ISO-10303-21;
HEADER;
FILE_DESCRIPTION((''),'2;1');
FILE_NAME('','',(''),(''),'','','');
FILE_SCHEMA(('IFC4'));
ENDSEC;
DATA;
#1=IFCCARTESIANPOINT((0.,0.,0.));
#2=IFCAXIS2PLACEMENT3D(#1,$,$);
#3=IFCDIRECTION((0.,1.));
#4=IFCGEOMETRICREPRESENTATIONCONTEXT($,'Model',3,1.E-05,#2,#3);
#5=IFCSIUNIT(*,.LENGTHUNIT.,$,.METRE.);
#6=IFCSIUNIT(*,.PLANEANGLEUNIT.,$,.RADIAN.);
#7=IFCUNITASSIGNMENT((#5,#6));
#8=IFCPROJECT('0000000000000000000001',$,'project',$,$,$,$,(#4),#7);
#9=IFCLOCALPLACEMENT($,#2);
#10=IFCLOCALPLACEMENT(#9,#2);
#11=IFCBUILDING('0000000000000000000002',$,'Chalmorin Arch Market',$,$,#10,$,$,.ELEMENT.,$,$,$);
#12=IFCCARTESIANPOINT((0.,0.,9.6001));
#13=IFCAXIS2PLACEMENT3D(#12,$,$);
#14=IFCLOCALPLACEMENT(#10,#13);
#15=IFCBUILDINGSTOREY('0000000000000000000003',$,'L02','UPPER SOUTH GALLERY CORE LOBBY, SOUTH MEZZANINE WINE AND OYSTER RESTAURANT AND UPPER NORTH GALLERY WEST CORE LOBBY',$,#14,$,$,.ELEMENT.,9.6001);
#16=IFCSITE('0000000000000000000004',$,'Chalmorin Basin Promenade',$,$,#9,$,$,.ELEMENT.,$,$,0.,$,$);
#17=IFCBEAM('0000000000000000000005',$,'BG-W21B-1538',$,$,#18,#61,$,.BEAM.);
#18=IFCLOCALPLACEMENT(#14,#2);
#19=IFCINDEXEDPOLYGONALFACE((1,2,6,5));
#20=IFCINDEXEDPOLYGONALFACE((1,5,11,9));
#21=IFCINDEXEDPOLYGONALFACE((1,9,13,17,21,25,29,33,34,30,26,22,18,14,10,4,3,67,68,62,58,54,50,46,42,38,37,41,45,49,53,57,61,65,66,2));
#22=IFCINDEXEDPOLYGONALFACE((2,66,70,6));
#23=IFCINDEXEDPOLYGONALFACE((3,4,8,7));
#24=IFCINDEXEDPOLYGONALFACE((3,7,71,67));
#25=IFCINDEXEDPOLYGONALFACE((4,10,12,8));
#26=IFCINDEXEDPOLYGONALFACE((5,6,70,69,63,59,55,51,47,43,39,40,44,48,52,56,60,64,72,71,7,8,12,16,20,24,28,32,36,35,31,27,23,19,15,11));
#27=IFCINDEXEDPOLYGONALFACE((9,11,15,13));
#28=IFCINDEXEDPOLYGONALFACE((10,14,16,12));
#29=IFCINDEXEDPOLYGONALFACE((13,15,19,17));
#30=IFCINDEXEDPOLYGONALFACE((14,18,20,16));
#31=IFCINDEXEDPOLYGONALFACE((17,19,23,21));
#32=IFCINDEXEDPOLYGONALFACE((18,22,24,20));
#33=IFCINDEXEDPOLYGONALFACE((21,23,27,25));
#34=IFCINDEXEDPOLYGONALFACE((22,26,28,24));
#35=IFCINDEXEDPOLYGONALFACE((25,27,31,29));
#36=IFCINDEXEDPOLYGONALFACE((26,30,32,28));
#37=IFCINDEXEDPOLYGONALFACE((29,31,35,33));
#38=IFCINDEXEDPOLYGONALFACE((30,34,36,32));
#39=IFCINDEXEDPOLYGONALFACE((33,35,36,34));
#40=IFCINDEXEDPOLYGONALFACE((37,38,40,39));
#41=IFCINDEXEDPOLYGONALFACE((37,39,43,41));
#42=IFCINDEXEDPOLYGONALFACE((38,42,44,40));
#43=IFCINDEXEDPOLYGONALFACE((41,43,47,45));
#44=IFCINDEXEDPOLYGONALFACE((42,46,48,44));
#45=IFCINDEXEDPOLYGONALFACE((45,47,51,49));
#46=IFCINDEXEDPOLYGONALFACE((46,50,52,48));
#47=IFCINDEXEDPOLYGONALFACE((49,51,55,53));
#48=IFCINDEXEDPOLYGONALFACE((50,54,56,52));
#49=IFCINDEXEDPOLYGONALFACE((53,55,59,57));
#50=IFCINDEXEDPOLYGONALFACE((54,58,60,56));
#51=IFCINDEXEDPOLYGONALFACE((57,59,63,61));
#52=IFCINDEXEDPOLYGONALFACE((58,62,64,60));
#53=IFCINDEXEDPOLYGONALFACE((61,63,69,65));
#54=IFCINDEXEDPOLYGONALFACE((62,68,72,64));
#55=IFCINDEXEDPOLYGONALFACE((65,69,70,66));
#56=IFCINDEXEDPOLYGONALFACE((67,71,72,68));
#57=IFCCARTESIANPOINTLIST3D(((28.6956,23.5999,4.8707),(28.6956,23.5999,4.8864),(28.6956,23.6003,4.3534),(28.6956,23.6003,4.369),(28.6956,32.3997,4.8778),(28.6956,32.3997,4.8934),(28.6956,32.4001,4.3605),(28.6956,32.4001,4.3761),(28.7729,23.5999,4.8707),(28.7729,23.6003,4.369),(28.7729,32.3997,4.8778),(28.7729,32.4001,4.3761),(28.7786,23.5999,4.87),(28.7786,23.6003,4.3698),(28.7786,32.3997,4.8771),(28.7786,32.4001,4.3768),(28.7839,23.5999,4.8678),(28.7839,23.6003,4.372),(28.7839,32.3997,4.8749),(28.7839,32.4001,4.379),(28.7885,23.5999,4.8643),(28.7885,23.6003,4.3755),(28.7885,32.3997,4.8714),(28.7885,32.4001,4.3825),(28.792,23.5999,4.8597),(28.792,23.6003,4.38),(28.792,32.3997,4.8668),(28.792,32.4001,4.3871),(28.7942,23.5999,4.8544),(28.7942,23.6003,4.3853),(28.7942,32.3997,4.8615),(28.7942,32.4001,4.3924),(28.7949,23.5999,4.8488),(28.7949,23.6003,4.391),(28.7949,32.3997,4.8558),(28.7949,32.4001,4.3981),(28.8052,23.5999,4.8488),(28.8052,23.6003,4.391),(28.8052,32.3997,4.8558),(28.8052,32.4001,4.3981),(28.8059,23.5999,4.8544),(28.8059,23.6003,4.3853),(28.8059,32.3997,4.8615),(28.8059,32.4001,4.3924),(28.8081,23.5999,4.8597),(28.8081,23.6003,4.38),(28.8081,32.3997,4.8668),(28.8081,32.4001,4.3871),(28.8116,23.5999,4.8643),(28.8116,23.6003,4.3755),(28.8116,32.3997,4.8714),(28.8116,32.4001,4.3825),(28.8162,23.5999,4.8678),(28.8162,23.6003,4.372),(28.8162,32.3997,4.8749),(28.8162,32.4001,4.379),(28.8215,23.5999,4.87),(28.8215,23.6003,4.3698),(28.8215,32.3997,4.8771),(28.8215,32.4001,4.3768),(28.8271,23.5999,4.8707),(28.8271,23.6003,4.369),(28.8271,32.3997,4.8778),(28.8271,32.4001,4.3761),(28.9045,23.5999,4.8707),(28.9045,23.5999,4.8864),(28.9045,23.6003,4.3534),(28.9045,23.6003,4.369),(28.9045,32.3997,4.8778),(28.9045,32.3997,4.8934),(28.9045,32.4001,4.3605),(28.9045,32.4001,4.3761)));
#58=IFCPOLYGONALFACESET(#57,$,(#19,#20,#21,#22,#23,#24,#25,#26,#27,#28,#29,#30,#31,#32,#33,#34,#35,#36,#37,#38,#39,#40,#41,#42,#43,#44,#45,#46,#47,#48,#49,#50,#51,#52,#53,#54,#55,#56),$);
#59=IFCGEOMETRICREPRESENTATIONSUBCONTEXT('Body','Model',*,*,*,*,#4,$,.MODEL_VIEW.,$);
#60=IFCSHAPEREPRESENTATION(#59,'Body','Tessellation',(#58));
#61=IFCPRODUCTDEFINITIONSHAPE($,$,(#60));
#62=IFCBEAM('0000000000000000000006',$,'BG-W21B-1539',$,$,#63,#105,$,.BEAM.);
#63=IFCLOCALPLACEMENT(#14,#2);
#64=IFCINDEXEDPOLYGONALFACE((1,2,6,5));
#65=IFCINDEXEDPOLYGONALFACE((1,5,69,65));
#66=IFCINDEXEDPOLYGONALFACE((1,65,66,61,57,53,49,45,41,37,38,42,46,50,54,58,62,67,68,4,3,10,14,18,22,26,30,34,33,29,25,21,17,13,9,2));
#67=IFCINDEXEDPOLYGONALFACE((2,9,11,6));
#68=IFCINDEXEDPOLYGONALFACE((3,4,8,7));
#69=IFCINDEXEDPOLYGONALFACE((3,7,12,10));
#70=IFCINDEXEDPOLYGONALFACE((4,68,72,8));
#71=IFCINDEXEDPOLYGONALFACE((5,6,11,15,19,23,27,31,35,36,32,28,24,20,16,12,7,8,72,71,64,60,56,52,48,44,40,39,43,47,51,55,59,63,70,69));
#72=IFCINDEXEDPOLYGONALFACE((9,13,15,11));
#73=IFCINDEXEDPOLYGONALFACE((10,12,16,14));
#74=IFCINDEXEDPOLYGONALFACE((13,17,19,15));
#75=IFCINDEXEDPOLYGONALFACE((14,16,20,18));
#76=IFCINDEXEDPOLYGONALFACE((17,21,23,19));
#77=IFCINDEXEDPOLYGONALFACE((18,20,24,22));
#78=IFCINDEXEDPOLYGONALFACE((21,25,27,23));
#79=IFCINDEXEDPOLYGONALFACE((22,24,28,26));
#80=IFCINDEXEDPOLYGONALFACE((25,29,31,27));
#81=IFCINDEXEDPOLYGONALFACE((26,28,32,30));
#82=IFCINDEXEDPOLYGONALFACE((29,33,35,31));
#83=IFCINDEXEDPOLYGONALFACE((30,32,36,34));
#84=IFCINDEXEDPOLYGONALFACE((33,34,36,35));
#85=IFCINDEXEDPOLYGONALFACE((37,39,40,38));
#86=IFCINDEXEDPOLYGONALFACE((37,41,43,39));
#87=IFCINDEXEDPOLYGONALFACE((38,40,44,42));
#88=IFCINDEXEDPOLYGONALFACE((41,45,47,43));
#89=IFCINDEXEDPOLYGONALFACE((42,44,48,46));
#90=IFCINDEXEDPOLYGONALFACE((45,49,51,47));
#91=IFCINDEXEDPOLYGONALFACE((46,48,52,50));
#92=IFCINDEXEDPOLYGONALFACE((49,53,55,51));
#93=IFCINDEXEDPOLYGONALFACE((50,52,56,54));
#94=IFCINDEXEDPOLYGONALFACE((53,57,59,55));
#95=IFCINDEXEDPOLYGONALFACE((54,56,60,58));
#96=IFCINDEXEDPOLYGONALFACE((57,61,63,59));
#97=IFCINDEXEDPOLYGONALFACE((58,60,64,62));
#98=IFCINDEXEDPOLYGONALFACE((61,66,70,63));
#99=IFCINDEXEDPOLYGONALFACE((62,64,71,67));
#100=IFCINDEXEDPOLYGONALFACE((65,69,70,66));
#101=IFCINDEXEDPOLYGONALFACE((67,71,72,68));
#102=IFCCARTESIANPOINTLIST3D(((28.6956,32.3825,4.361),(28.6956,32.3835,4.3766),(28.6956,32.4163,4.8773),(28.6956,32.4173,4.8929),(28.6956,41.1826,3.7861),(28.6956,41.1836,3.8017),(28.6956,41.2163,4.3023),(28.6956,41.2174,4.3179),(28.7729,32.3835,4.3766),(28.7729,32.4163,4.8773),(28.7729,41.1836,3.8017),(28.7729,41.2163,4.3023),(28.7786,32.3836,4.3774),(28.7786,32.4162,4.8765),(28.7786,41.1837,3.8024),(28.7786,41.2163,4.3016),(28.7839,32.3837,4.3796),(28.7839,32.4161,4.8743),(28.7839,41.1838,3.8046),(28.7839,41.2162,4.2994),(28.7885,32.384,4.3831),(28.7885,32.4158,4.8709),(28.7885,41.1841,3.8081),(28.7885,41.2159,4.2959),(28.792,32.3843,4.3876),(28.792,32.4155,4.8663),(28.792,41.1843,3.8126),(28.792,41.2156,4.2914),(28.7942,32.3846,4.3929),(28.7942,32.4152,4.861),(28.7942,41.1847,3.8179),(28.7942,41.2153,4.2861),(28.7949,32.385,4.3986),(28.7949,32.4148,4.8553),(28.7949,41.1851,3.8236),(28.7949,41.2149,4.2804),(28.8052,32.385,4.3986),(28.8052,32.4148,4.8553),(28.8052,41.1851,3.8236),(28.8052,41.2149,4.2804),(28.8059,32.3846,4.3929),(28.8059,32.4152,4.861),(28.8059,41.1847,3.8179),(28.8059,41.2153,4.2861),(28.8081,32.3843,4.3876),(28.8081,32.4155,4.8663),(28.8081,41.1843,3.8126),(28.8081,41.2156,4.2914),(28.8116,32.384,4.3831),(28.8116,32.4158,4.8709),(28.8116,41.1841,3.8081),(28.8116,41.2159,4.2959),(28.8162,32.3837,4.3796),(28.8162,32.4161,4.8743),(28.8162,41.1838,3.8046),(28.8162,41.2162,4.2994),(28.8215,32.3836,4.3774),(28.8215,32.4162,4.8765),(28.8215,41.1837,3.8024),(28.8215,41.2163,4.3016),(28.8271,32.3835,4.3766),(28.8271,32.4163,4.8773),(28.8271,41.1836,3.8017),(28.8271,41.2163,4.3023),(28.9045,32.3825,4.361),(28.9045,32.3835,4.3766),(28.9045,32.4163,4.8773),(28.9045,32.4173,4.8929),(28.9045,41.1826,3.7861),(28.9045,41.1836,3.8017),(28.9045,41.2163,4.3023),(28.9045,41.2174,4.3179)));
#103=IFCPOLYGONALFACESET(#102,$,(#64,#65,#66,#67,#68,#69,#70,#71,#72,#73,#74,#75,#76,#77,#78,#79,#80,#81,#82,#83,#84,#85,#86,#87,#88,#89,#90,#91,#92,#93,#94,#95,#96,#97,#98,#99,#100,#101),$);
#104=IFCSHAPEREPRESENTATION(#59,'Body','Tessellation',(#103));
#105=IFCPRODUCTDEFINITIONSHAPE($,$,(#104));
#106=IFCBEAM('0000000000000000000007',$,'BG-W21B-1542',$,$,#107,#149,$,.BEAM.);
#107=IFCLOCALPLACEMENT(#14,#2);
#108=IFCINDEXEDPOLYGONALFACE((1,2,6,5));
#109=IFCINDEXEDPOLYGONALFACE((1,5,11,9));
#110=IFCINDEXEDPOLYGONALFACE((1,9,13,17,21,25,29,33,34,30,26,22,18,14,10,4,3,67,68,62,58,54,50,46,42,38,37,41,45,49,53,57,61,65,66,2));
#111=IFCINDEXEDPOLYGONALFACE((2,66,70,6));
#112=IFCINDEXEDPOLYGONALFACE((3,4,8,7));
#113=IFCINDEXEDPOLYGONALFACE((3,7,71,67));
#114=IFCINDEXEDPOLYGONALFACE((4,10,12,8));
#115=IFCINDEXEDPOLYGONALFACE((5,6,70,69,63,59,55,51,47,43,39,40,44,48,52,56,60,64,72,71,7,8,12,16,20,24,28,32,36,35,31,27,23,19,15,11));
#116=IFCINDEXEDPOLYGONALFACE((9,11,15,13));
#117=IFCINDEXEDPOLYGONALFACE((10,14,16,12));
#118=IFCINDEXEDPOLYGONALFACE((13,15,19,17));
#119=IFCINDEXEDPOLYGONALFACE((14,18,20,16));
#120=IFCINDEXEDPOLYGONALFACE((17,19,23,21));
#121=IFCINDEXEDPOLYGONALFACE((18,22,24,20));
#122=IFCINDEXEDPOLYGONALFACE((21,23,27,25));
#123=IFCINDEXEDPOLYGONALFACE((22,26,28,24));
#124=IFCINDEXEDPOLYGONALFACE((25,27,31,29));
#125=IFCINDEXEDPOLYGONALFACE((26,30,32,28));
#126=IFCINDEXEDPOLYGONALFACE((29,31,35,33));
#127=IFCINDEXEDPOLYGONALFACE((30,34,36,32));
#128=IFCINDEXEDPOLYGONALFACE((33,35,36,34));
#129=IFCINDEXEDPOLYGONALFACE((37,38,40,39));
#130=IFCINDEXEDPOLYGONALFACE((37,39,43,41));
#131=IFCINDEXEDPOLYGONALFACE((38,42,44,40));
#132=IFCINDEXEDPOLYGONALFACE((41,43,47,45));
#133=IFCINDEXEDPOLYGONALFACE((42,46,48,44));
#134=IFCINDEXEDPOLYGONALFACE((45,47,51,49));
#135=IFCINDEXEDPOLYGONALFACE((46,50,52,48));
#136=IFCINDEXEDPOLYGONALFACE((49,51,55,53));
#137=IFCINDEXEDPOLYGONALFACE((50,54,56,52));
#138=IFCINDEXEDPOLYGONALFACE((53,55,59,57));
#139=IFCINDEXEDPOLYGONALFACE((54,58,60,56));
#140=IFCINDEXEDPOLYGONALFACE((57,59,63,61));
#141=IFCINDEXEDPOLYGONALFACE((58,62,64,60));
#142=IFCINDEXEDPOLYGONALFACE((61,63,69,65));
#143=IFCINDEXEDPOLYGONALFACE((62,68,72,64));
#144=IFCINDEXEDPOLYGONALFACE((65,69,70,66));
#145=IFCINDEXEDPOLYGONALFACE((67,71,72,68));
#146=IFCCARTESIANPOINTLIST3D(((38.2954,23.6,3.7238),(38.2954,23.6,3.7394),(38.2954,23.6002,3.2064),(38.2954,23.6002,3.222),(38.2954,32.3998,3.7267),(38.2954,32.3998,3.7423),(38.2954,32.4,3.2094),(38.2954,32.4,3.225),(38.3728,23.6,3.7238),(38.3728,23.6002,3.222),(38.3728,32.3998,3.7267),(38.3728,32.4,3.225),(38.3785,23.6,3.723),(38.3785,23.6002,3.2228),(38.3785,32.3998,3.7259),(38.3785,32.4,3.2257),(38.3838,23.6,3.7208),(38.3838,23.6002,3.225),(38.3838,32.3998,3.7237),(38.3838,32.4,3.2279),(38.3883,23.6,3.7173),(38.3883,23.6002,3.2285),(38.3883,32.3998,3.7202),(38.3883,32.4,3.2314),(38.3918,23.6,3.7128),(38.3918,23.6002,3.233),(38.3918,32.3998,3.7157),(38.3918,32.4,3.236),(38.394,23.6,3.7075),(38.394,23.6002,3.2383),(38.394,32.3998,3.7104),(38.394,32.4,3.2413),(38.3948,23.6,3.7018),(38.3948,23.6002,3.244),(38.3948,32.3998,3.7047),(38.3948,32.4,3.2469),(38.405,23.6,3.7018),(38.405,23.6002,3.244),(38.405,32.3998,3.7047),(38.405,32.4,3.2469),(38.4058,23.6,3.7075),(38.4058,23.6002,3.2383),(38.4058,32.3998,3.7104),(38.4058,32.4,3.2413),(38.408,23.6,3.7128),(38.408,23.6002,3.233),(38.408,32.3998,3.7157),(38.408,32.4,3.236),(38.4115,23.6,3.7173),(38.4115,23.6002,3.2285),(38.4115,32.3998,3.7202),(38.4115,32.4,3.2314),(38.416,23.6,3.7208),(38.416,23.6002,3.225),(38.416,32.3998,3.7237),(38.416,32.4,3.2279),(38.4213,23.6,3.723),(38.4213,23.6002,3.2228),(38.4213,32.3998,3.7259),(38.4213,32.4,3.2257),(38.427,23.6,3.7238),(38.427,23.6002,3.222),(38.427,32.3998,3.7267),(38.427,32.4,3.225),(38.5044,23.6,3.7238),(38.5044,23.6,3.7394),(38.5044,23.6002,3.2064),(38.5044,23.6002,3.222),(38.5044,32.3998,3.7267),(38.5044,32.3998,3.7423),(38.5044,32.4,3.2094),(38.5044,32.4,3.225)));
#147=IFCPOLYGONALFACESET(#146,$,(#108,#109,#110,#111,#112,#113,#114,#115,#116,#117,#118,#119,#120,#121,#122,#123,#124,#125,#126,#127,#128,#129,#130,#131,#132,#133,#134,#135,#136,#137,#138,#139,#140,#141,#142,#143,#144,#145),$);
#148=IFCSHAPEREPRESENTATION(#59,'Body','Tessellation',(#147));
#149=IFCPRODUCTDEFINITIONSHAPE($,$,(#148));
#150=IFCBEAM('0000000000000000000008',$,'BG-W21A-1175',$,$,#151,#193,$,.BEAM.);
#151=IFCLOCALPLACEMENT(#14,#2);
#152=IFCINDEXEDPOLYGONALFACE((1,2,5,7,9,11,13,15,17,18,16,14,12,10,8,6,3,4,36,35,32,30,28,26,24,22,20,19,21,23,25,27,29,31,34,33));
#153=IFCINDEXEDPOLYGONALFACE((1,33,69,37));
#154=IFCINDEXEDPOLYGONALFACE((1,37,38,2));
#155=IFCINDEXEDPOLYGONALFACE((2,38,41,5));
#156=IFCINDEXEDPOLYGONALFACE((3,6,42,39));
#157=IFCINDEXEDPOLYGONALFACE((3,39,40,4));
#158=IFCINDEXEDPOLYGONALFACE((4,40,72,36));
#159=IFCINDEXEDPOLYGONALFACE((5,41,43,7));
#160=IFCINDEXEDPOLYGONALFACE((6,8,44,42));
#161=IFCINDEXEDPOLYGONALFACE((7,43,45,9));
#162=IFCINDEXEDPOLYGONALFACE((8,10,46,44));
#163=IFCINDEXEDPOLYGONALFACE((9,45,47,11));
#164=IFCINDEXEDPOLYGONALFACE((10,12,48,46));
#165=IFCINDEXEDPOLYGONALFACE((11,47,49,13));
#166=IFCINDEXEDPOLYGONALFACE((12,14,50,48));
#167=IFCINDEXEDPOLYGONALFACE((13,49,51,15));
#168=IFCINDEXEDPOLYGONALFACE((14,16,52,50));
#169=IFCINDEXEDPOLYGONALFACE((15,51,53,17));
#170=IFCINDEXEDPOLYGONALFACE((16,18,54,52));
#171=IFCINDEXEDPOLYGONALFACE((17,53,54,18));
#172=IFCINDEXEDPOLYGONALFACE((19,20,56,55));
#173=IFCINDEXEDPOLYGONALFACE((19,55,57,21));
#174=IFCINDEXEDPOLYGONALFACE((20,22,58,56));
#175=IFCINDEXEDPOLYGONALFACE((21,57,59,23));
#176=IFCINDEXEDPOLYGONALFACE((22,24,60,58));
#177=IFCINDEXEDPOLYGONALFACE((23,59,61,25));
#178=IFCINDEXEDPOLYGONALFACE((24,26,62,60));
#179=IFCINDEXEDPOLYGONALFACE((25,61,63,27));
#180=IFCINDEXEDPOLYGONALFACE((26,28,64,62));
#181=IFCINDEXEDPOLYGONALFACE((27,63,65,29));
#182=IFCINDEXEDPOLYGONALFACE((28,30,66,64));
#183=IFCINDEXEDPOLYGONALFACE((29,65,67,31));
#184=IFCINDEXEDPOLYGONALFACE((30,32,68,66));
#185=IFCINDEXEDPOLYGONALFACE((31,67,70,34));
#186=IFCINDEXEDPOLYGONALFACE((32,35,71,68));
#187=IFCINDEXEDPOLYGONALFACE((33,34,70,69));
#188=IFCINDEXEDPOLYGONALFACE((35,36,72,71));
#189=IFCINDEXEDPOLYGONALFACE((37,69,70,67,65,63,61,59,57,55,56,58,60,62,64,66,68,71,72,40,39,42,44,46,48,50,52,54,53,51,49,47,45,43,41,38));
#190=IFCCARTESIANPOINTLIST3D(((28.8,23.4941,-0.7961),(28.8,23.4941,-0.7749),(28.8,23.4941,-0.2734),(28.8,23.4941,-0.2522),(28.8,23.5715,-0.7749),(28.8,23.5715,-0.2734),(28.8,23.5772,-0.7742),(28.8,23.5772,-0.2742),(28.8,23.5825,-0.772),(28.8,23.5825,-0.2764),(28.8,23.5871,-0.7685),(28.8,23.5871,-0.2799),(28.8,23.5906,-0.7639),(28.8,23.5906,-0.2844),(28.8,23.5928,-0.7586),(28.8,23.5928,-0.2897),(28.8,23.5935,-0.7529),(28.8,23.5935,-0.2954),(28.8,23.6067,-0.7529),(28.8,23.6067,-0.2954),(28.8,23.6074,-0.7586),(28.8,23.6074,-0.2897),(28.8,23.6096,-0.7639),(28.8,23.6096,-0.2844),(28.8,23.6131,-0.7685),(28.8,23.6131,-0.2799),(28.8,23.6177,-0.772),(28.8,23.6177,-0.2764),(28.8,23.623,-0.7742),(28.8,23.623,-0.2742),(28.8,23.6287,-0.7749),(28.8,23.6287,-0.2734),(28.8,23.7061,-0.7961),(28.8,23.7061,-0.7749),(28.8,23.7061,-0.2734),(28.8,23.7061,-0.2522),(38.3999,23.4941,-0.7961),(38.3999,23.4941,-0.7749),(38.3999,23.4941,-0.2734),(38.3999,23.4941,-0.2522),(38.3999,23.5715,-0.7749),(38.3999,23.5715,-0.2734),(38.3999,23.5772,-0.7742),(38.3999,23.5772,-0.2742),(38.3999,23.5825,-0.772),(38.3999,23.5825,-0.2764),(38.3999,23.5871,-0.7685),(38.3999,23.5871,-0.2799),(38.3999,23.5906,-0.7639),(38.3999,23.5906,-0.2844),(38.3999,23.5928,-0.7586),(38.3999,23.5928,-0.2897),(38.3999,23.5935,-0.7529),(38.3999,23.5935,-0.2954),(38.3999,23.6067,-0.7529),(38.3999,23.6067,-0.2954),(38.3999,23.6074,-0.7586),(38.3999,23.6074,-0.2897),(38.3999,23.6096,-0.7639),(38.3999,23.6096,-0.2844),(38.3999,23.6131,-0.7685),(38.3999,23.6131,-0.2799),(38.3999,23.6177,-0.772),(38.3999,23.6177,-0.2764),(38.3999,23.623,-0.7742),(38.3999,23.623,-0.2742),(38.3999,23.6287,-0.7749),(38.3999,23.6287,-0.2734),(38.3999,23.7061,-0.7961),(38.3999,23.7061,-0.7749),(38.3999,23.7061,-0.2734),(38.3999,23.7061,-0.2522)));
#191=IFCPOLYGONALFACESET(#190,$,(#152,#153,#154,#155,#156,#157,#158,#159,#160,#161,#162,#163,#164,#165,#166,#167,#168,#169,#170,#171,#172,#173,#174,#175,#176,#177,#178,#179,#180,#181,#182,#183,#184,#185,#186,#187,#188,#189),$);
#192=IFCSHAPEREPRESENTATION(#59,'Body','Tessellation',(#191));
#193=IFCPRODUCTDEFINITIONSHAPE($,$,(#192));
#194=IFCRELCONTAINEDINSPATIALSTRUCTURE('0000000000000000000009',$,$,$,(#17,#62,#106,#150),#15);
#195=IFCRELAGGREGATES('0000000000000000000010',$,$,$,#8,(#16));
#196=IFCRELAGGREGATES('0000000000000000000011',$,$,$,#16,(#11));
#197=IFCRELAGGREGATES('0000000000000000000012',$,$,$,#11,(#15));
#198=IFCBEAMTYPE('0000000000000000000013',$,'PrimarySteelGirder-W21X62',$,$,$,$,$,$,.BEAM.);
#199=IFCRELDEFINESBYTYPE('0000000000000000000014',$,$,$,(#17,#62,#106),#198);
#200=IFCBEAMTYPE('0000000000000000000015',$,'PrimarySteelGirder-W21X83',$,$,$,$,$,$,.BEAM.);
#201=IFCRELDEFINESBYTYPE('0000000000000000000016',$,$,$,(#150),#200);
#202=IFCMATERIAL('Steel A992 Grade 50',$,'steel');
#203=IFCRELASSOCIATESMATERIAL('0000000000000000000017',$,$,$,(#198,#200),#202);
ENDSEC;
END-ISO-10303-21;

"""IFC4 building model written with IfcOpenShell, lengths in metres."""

from ifc_helpers import new_model, si_unit, direction, frame, origin, origin_2d, place, context, subcontext, project, spatial, i_section, extrude, material, material_profile, profile_set, type_object, element, save


model = new_model("IFC4")

# Units and contexts
model_context = context("Model", 3, precision=1e-05, world=origin(), true_north=direction((0.0, 1.0)))
body_context = subcontext(model_context, "Body", "Model", "MODEL_VIEW")
ifc_project = project(units=[si_unit("LENGTHUNIT", "METRE"), si_unit("PLANEANGLEUNIT", "RADIAN")], contexts=[model_context])

# Site, building, storey
site_placement = place(None, origin())
site = spatial("IfcSite", under=ifc_project, at=site_placement, Name="Chalmorin Basin Promenade", CompositionType="ELEMENT", RefElevation=0.0)
building_placement = place(site_placement, origin())
building = spatial("IfcBuilding", under=site, at=building_placement, Name="Chalmorin Arch Market", CompositionType="ELEMENT")
storey_placement = place(building_placement, frame((0.0, 0.0, 9.6001)))
storey = spatial("IfcBuildingStorey", under=building, at=storey_placement, Name="L02", Description="UPPER SOUTH GALLERY CORE LOBBY, SOUTH MEZZANINE WINE AND OYSTER RESTAURANT AND UPPER NORTH GALLERY WEST CORE LOBBY", CompositionType="ELEMENT", Elevation=9.6001)

# Shared definitions
ifc_material_1 = material(Name="Steel A992 Grade 50", Category="steel")

# Beams
ifc_material_profile_1 = material_profile(ifc_material_1, i_section(OverallWidth=0.209, OverallDepth=0.533, WebThickness=0.0103, FlangeThickness=0.0156, FilletRadius=0.022, at=origin_2d()), Name="W21X62")
ifc_profile_set_1 = profile_set([ifc_material_profile_1], Name="Steel A992 Grade 50")
beam_type_1 = type_object("IfcBeamType", Name="PrimarySteelGirder-W21X62", PredefinedType="BEAM", material=ifc_profile_set_1)
beam_1_placement = place(storey_placement, frame((28.8, 23.6001, 4.6199), z_axis=(0.0, 1.0, 0.000805), x_axis=(-1.0, 0.0, 0.0)))
element("IfcBeam", 1, at=beam_1_placement, inside=storey, type_object=beam_type_1, Name="BG-W21B-1538", PredefinedType="BEAM", context=body_context, shape_type="SweptSolid", body=[
    extrude(i_section(OverallWidth=0.209, OverallDepth=0.533, WebThickness=0.0103, FlangeThickness=0.0156, FilletRadius=0.022, at=origin_2d()), origin(), (0.0, 0.0, 1.0), 8.7998),
])
beam_2_placement = place(storey_placement, frame((28.8, 32.3999, 4.627), z_axis=(0.0, 0.997872, -0.065196), x_axis=(-1.0, 0.0, 0.0)))
element("IfcBeam", 2, at=beam_2_placement, inside=storey, type_object=beam_type_1, Name="BG-W21B-1539", PredefinedType="BEAM", context=body_context, shape_type="SweptSolid", body=[
    extrude(i_section(OverallWidth=0.209, OverallDepth=0.533, WebThickness=0.0103, FlangeThickness=0.0156, FilletRadius=0.022, at=origin_2d()), origin(), (0.0, 0.0, 1.0), 8.8188),
])
beam_3_placement = place(storey_placement, frame((38.3999, 23.6001, 3.4729), z_axis=(0.0, 1.0, 0.000333), x_axis=(-1.0, 0.0, 0.0)))
element("IfcBeam", 3, at=beam_3_placement, inside=storey, type_object=beam_type_1, Name="BG-W21B-1542", PredefinedType="BEAM", context=body_context, shape_type="SweptSolid", body=[
    extrude(i_section(OverallWidth=0.209, OverallDepth=0.533, WebThickness=0.0103, FlangeThickness=0.0156, FilletRadius=0.022, at=origin_2d()), origin(), (0.0, 0.0, 1.0), 8.7998),
])
ifc_material_profile_2 = material_profile(ifc_material_1, i_section(OverallWidth=0.2119, OverallDepth=0.5439, WebThickness=0.0132, FlangeThickness=0.0212, FilletRadius=0.022, at=origin_2d()), Name="W21X83")
ifc_profile_set_2 = profile_set([ifc_material_profile_2], Name="Steel A992 Grade 50")
beam_type_2 = type_object("IfcBeamType", Name="PrimarySteelGirder-W21X83", PredefinedType="BEAM", material=ifc_profile_set_2)
for number, where, z_axis, x_axis, name in (
    (4, (28.8, 23.6001, -0.5242), (1.0, 0.0, 0.0), (0.0, 1.0, 0.0), "BG-W21A-1175"),
):
    element("IfcBeam", number, at=place(storey_placement, frame(where, z_axis=z_axis, x_axis=x_axis)), inside=storey, type_object=beam_type_2, Name=name, PredefinedType="BEAM", context=body_context, shape_type="SweptSolid", body=[
        extrude(i_section(OverallWidth=0.2119, OverallDepth=0.5439, WebThickness=0.0132, FlangeThickness=0.0212, FilletRadius=0.022, at=origin_2d()), origin(), (0.0, 0.0, 1.0), 9.5999),
    ])

save(model, "model.ifc")
